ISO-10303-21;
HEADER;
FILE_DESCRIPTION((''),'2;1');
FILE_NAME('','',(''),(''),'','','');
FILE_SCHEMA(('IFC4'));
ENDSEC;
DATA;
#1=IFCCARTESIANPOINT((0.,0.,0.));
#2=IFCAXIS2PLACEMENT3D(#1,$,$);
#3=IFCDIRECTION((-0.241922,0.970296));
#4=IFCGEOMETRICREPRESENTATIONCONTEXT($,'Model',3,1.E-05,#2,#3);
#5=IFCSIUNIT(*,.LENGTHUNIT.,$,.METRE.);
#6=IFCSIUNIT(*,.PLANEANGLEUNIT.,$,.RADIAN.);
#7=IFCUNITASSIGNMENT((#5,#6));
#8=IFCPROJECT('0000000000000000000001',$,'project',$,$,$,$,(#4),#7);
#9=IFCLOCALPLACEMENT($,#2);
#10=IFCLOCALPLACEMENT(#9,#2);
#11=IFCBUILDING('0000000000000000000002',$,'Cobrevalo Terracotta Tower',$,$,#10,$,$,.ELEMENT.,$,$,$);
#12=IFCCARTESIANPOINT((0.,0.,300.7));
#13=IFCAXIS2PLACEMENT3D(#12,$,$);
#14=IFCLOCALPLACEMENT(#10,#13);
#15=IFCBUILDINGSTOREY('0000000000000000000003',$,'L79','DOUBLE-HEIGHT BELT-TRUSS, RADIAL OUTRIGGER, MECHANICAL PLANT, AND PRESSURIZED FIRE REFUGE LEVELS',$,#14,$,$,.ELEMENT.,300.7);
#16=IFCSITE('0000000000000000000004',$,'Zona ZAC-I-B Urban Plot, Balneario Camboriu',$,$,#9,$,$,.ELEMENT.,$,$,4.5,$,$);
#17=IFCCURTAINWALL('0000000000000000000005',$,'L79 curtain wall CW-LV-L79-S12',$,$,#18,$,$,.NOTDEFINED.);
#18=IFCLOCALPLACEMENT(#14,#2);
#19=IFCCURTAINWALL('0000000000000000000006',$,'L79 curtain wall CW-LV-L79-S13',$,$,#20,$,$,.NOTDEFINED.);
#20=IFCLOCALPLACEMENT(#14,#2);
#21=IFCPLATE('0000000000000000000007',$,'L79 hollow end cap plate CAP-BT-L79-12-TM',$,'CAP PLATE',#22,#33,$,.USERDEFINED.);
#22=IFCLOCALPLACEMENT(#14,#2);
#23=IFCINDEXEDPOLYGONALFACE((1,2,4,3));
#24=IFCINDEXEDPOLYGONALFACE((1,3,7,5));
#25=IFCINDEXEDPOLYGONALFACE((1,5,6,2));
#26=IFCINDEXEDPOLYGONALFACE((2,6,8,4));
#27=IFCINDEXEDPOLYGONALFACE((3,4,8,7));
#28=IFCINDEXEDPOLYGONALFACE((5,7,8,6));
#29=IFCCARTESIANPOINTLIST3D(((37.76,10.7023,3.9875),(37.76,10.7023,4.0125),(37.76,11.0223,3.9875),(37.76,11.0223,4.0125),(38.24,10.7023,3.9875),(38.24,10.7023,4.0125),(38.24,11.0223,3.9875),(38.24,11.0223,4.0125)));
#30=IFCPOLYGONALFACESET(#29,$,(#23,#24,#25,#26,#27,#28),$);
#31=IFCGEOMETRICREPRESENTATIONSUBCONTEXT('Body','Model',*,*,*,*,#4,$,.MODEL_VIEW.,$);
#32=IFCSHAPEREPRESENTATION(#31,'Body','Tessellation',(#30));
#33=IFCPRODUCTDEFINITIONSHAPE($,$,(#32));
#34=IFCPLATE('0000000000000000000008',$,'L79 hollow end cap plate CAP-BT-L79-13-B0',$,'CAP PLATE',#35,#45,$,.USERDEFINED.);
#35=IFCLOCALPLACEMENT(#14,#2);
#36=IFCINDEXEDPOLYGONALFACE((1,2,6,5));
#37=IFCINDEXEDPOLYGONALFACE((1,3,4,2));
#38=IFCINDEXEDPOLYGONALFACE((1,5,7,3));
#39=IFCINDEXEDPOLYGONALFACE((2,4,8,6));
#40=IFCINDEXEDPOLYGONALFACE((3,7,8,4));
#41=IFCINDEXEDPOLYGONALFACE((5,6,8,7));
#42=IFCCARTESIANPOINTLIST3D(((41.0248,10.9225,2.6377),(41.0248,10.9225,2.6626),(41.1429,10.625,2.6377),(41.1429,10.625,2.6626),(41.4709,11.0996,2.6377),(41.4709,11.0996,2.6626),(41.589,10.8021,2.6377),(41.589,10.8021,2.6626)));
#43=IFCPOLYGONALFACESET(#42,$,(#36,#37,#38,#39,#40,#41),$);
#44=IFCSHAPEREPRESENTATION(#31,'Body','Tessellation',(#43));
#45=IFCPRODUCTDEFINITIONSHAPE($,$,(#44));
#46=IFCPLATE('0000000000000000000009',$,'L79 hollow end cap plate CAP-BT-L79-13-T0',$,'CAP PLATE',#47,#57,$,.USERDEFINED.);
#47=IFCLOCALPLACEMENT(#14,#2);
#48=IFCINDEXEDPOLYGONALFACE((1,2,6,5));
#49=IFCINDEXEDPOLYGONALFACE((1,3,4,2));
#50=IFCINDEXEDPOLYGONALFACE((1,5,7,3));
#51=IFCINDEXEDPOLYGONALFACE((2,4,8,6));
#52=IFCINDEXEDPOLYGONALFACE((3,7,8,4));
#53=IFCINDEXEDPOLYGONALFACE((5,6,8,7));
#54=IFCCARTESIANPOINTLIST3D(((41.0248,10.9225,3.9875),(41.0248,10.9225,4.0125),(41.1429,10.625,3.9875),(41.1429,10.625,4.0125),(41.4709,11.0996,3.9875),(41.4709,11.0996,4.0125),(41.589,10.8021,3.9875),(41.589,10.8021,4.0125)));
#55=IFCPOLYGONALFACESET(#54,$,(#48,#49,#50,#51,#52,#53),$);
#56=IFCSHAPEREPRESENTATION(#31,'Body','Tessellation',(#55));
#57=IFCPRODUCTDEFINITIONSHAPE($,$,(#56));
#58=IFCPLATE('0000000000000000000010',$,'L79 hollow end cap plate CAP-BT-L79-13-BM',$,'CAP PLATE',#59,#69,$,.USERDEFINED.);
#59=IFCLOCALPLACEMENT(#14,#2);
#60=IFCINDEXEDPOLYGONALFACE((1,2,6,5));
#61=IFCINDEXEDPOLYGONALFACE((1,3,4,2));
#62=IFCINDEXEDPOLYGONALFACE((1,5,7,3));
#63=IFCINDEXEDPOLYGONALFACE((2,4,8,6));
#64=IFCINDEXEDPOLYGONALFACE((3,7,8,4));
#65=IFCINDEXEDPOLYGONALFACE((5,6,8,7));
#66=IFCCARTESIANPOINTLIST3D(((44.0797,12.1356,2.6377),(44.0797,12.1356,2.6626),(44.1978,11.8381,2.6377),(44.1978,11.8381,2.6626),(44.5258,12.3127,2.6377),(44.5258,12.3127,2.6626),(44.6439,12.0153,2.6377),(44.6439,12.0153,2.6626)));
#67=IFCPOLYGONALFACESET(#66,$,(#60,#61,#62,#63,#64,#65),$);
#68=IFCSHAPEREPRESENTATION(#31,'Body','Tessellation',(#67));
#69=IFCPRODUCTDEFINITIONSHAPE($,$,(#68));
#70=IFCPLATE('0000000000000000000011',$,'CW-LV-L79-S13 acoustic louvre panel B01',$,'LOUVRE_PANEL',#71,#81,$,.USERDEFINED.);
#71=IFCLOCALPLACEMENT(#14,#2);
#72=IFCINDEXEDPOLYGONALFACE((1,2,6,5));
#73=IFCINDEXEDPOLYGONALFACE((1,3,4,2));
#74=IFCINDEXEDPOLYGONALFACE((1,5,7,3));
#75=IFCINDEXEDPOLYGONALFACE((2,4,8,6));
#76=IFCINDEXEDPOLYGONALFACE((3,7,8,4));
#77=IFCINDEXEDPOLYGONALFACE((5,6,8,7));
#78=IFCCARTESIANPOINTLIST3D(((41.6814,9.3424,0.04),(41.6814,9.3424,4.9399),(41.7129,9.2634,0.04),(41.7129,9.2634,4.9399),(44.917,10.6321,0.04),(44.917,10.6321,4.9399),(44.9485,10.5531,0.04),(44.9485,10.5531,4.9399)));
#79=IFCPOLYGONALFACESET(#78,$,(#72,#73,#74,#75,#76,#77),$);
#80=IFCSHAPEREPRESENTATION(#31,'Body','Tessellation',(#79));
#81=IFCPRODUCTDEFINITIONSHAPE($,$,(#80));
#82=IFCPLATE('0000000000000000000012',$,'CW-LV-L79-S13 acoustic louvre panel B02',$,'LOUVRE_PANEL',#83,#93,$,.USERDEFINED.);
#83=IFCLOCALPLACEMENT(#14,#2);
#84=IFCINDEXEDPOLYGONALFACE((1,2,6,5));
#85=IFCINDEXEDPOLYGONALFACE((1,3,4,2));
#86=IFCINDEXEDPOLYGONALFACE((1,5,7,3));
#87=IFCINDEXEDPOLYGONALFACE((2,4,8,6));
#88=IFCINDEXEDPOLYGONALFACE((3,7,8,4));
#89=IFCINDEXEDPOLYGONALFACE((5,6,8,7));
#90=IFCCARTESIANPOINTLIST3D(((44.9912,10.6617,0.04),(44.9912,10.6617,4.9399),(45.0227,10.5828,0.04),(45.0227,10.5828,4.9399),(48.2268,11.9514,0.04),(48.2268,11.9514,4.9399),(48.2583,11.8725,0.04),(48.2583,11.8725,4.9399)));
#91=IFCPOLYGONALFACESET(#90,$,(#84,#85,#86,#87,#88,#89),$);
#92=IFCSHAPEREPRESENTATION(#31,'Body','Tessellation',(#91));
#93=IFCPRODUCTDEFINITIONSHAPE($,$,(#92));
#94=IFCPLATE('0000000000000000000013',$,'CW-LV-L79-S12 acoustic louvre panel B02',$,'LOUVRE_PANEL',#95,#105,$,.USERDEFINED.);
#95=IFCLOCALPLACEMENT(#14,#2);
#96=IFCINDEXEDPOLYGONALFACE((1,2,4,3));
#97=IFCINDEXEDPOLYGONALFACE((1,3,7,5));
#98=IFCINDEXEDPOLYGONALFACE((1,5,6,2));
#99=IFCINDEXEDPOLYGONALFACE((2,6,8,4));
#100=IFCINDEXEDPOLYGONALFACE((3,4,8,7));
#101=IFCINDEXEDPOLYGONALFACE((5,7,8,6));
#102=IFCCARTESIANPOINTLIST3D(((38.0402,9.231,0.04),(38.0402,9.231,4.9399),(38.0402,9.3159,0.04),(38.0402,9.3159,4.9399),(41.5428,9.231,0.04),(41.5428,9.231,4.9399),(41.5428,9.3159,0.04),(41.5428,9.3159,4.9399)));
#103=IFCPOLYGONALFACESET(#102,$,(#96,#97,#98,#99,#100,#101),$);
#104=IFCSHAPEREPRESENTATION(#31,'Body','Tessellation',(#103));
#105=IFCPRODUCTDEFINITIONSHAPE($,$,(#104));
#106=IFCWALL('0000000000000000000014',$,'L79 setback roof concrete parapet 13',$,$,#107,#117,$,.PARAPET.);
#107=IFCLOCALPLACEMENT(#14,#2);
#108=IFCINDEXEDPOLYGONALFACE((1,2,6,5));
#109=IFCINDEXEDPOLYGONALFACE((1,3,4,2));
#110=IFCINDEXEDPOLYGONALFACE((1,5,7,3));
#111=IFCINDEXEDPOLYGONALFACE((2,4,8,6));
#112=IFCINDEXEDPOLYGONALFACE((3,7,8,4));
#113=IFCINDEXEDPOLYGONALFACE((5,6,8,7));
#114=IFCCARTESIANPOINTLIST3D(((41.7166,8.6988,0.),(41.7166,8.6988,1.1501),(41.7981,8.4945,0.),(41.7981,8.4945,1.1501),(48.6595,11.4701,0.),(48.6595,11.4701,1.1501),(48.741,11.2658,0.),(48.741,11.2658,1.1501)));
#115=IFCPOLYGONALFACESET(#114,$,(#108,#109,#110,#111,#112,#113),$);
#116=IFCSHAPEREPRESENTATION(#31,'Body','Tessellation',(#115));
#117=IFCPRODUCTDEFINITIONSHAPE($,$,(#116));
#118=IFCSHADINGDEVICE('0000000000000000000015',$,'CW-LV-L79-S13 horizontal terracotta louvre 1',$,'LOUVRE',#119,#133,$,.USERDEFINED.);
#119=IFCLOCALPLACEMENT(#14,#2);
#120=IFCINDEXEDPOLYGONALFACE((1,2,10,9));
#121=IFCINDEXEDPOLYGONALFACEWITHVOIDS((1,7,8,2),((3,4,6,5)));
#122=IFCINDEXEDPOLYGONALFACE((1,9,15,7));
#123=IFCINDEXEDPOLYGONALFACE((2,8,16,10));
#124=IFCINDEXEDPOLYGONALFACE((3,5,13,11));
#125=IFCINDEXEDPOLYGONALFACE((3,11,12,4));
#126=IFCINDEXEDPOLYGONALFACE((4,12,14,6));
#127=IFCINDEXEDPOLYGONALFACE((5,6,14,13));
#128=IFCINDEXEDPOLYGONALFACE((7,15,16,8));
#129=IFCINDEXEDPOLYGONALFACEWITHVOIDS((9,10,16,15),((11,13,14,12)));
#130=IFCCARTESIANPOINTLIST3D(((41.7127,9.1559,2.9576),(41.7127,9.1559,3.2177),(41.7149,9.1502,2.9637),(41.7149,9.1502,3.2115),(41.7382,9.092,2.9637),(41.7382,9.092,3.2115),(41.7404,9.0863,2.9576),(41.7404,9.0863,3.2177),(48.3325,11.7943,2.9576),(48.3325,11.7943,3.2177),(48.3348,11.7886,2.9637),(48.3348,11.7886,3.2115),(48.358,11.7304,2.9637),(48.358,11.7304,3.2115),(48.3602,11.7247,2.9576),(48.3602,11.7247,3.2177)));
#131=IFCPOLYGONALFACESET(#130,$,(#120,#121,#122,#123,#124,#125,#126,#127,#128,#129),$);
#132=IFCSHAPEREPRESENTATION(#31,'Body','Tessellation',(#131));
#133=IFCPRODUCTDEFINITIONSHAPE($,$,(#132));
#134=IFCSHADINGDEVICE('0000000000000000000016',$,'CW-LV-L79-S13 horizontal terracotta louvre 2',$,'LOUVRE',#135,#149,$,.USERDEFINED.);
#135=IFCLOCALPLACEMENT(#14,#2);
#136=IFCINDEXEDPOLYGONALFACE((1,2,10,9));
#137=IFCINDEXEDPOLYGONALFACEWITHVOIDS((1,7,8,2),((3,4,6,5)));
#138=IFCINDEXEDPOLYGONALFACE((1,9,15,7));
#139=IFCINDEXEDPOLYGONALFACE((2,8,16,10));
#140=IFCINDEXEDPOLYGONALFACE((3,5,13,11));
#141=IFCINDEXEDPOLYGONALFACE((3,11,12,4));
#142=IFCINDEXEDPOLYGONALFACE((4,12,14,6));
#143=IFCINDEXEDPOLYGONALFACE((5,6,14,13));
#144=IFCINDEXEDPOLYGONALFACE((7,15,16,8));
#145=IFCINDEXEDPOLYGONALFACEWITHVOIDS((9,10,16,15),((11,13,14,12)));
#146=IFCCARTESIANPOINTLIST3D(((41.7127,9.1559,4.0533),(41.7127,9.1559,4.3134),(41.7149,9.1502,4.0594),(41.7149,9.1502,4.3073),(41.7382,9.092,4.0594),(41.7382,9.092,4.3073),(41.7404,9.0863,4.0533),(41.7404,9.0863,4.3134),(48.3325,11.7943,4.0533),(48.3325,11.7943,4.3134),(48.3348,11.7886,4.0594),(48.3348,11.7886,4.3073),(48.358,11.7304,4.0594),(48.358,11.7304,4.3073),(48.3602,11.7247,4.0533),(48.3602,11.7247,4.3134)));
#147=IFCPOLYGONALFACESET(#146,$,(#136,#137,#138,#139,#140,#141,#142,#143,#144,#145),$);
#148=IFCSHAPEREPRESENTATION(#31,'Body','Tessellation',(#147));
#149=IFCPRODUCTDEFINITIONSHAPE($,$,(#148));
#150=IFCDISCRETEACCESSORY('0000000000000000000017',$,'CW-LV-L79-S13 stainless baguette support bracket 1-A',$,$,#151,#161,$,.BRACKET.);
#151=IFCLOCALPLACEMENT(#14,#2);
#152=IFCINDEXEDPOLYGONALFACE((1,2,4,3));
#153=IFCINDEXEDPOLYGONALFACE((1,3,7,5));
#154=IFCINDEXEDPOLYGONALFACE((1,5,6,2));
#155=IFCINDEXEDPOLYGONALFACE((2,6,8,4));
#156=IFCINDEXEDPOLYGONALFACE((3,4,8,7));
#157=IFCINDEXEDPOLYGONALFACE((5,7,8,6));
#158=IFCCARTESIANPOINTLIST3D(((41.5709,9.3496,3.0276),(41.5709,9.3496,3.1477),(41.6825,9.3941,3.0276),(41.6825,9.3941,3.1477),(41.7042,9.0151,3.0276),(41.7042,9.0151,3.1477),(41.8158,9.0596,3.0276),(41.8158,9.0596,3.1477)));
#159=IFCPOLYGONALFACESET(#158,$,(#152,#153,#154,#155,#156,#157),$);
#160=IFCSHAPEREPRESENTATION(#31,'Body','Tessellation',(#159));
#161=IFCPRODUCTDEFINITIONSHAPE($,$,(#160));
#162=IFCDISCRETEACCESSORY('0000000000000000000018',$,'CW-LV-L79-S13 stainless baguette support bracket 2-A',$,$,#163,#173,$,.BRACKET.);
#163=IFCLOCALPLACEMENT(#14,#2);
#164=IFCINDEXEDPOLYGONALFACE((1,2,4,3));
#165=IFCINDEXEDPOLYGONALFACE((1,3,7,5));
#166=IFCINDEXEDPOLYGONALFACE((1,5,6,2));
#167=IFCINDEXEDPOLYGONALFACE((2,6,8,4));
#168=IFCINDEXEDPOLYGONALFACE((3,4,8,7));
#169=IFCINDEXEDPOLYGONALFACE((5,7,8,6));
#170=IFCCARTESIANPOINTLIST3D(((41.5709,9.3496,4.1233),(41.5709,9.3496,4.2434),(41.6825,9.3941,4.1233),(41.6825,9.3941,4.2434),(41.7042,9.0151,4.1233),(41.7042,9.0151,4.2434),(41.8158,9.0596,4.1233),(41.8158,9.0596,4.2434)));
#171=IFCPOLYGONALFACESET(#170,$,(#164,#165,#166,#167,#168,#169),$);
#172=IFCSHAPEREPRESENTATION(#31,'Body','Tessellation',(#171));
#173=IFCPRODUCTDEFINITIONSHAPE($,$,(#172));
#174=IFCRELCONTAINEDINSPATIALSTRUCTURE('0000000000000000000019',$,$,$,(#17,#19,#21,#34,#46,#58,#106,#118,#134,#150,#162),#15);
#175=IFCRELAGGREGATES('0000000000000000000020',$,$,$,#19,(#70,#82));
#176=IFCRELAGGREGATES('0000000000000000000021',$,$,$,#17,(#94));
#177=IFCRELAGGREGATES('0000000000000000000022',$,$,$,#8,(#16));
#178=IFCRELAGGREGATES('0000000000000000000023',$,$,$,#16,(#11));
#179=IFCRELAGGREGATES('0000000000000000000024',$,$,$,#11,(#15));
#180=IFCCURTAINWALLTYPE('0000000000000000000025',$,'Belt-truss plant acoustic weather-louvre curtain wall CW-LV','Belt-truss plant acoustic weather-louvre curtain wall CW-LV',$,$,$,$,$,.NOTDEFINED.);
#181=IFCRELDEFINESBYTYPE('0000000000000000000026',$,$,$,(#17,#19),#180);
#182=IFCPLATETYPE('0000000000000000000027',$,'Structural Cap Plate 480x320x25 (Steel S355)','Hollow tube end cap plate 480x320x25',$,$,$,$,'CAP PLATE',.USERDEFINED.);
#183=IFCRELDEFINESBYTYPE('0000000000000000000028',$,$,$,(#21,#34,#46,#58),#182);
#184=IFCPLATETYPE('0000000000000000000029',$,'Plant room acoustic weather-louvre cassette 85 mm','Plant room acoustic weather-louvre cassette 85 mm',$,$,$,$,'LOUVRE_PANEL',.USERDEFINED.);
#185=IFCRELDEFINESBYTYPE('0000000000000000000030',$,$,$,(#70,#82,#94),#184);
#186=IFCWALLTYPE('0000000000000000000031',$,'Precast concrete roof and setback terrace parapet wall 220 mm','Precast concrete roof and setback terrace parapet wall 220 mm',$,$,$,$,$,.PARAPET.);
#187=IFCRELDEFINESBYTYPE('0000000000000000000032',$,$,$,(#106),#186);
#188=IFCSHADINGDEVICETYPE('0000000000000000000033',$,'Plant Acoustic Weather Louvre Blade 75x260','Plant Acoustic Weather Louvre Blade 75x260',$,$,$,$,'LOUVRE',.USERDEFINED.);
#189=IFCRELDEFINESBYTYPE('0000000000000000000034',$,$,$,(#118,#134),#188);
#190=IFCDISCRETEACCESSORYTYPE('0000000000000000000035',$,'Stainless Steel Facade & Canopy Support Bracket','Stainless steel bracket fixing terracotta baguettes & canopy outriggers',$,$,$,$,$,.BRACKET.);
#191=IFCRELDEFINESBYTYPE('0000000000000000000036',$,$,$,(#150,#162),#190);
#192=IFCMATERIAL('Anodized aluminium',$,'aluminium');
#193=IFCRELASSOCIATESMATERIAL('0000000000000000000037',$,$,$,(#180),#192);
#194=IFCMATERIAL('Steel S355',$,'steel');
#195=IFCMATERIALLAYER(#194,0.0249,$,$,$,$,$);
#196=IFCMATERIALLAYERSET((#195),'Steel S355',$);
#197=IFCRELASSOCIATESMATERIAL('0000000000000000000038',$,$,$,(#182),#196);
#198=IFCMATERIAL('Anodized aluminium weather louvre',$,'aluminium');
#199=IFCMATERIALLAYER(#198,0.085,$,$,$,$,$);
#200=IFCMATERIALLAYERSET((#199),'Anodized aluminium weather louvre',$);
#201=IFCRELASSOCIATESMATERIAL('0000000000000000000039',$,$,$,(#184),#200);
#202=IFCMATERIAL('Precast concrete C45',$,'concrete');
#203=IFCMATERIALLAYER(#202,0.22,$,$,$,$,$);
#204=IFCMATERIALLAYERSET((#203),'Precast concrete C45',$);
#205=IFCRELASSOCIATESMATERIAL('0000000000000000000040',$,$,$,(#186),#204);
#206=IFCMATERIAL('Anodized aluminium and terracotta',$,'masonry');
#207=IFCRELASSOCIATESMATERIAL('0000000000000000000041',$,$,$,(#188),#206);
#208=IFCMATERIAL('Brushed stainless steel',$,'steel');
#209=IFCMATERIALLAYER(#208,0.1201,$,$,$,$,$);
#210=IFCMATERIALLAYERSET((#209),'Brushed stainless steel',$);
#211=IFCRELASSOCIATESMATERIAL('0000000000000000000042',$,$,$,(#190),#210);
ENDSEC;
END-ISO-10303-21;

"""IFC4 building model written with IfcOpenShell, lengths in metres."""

from ifc_helpers import new_model, si_unit, direction, frame, frame_2d, origin, origin_2d, place, context, subcontext, project, spatial, rectangle, hollow_rectangle, extrude, source, transform, mapped, material, layer, layer_set, material_profile, profile_set, type_object, element, aggregate, save


model = new_model("IFC4")

# Units and contexts
model_context = context("Model", 3, precision=1e-05, world=origin(), true_north=direction((-0.241922, 0.970296)))
body_context = subcontext(model_context, "Body", "Model", "MODEL_VIEW")
ifc_project = project(units=[si_unit("LENGTHUNIT", "METRE"), si_unit("PLANEANGLEUNIT", "RADIAN")], contexts=[model_context])

# Site, building, storey
site_placement = place(None, origin())
site = spatial("IfcSite", under=ifc_project, at=site_placement, Name="Zona ZAC-I-B Urban Plot, Balneario Camboriu", CompositionType="ELEMENT", RefElevation=4.5)
building_placement = place(site_placement, origin())
building = spatial("IfcBuilding", under=site, at=building_placement, Name="Cobrevalo Terracotta Tower", CompositionType="ELEMENT")
storey_placement = place(building_placement, frame((0.0, 0.0, 300.7)))
storey = spatial("IfcBuildingStorey", under=building, at=storey_placement, Name="L79", Description="DOUBLE-HEIGHT BELT-TRUSS, RADIAL OUTRIGGER, MECHANICAL PLANT, AND PRESSURIZED FIRE REFUGE LEVELS", CompositionType="ELEMENT", Elevation=300.7)

# Shared definitions
ifc_material_1 = material(Name="Steel S355", Category="steel")

# Curtain walls
ifc_material_2 = material(Name="Anodized aluminium", Category="aluminium")
curtain_wall_type = type_object("IfcCurtainWallType", Name="Belt-truss plant acoustic weather-louvre curtain wall CW-LV", Description="Belt-truss plant acoustic weather-louvre curtain wall CW-LV", PredefinedType="NOTDEFINED", material=ifc_material_2)
curtain_wall_1_placement = place(storey_placement, origin())
curtain_wall_1 = element("IfcCurtainWall", 1, at=curtain_wall_1_placement, inside=storey, type_object=curtain_wall_type, Name="L79 curtain wall CW-LV-L79-S12", PredefinedType="NOTDEFINED")
curtain_wall_2_placement = place(storey_placement, origin())
curtain_wall_2 = element("IfcCurtainWall", 2, at=curtain_wall_2_placement, inside=storey, type_object=curtain_wall_type, Name="L79 curtain wall CW-LV-L79-S13", PredefinedType="NOTDEFINED")

# Plates
ifc_layer_1 = layer(ifc_material_1, 0.0249)
ifc_layer_set_1 = layer_set([ifc_layer_1], Name="Steel S355")
plate_type_1 = type_object("IfcPlateType", Name="Structural Cap Plate 480x320x25 (Steel S355)", Description="Hollow tube end cap plate 480x320x25", ElementType="CAP PLATE", PredefinedType="USERDEFINED", material=ifc_layer_set_1)
shared_shape_1 = source(origin(), body_context, "Body", "SweptSolid", [
    extrude(rectangle(XDim=0.48, YDim=0.3201, at=origin_2d()), origin(), (0.0, 0.0, 1.0), 0.0249),
])
for number, where, z_axis, x_axis, name in (
    (3, (38.0, 10.8623, 3.9875), (0.0, 0.0, 1.0), (1.0, 0.0, 0.0), "L79 hollow end cap plate CAP-BT-L79-12-TM"),
    (4, (41.3069, 10.8623, 2.6377), (0.0, 0.0, 1.0), (0.929401, 0.369072, 0.0), "L79 hollow end cap plate CAP-BT-L79-13-B0"),
    (5, (41.3069, 10.8623, 3.9875), (0.0, 0.0, 1.0), (0.929401, 0.369072, 0.0), "L79 hollow end cap plate CAP-BT-L79-13-T0"),
    (6, (44.3618, 12.0754, 2.6377), (0.0, 0.0, 1.0), (0.929401, 0.369072, 0.0), "L79 hollow end cap plate CAP-BT-L79-13-BM"),
):
    element("IfcPlate", number, at=place(storey_placement, frame(where, z_axis=z_axis, x_axis=x_axis)), inside=storey, type_object=plate_type_1, Name=name, ObjectType="CAP PLATE", PredefinedType="USERDEFINED", context=body_context, shape_type="MappedRepresentation", body=[
        mapped(shared_shape_1, transform((0.0, 0.0, 0.0), scale=1.0)),
    ])

# Plates
ifc_material_3 = material(Name="Anodized aluminium weather louvre", Category="aluminium")
ifc_layer_2 = layer(ifc_material_3, 0.085)
ifc_layer_set_2 = layer_set([ifc_layer_2], Name="Anodized aluminium weather louvre")
plate_type_2 = type_object("IfcPlateType", Name="Plant room acoustic weather-louvre cassette 85 mm", Description="Plant room acoustic weather-louvre cassette 85 mm", ElementType="LOUVRE_PANEL", PredefinedType="USERDEFINED", material=ifc_layer_set_2)
shared_shape_2 = source(origin(), body_context, "Body", "SweptSolid", [
    extrude(rectangle(XDim=3.4832, YDim=0.085, at=origin_2d()), origin(), (0.0, 0.0, 1.0), 4.8999),
])
plate_1_placement = place(storey_placement, frame((43.3149, 9.9478, 0.04), z_axis=(0.0, 0.0, 1.0), x_axis=(0.928925, 0.370269, 0.0)))
plate_1 = element("IfcPlate", 7, at=plate_1_placement, type_object=plate_type_2, Name="CW-LV-L79-S13 acoustic louvre panel B01", ObjectType="LOUVRE_PANEL", PredefinedType="USERDEFINED", context=body_context, shape_type="MappedRepresentation", body=[
    mapped(shared_shape_2, transform((0.0, 0.0, 0.0), scale=1.0)),
])
plate_2_placement = place(storey_placement, frame((46.6248, 11.2671, 0.04), z_axis=(0.0, 0.0, 1.0), x_axis=(0.928925, 0.370269, 0.0)))
plate_2 = element("IfcPlate", 8, at=plate_2_placement, type_object=plate_type_2, Name="CW-LV-L79-S13 acoustic louvre panel B02", ObjectType="LOUVRE_PANEL", PredefinedType="USERDEFINED", context=body_context, shape_type="MappedRepresentation", body=[
    mapped(shared_shape_2, transform((0.0, 0.0, 0.0), scale=1.0)),
])
aggregate(curtain_wall_2, [plate_1, plate_2])
shared_shape_3 = source(origin(), body_context, "Body", "SweptSolid", [
    extrude(rectangle(XDim=3.5027, YDim=0.085, at=origin_2d()), origin(), (0.0, 0.0, 1.0), 4.8999),
])
plate_3_placement = place(storey_placement, frame((39.7915, 9.2734, 0.04), z_axis=(0.0, 0.0, 1.0), x_axis=(1.0, 0.0, 0.0)))
plate_3 = element("IfcPlate", 9, at=plate_3_placement, type_object=plate_type_2, Name="CW-LV-L79-S12 acoustic louvre panel B02", ObjectType="LOUVRE_PANEL", PredefinedType="USERDEFINED", context=body_context, shape_type="MappedRepresentation", body=[
    mapped(shared_shape_3, transform((0.0, 0.0, 0.0), scale=1.0)),
])
aggregate(curtain_wall_1, [plate_3])

# Wall
ifc_material_4 = material(Name="Precast concrete C45", Category="concrete")
ifc_layer_3 = layer(ifc_material_4, 0.22)
ifc_layer_set_3 = layer_set([ifc_layer_3], Name="Precast concrete C45")
wall_type = type_object("IfcWallType", Name="Precast concrete roof and setback terrace parapet wall 220 mm", Description="Precast concrete roof and setback terrace parapet wall 220 mm", PredefinedType="PARAPET", material=ifc_layer_set_3)
wall_placement = place(storey_placement, frame((41.7573, 8.5967, 0.0), z_axis=(0.0, 0.0, 1.0), x_axis=(0.928749, 0.370709, 0.0)))
element("IfcWall", 10, at=wall_placement, inside=storey, type_object=wall_type, Name="L79 setback roof concrete parapet 13", PredefinedType="PARAPET", context=body_context, shape_type="SweptSolid", body=[
    extrude(rectangle(XDim=7.4756, YDim=0.22, at=frame_2d((3.7378, 0.0))), origin(), (0.0, 0.0, 1.0), 1.1501),
])

# Shading devices
ifc_material_5 = material(Name="Anodized aluminium and terracotta", Category="masonry")
ifc_material_profile_1 = material_profile(ifc_material_5, hollow_rectangle(XDim=0.075, YDim=0.26, WallThickness=0.0061, at=origin_2d()), Name="LOUVRE BLADE 75x260")
ifc_profile_set_1 = profile_set([ifc_material_profile_1], Name="Anodized aluminium and terracotta")
shading_device_type = type_object("IfcShadingDeviceType", Name="Plant Acoustic Weather Louvre Blade 75x260", Description="Plant Acoustic Weather Louvre Blade 75x260", ElementType="LOUVRE", PredefinedType="USERDEFINED", material=ifc_profile_set_1)
shared_shape_4 = source(origin(), body_context, "Body", "SweptSolid", [
    extrude(hollow_rectangle(XDim=0.075, YDim=0.26, WallThickness=0.0061, at=origin_2d()), origin(), (0.0, 0.0, 1.0), 7.1262),
])
for number, where, z_axis, x_axis, name in (
    (11, (41.7266, 9.1211, 3.0876), (0.928937, 0.370239, 0.0), (-0.370239, 0.928937, 0.0), "CW-LV-L79-S13 horizontal terracotta louvre 1"),
    (12, (41.7266, 9.1211, 4.1833), (0.928937, 0.370239, 0.0), (-0.370239, 0.928937, 0.0), "CW-LV-L79-S13 horizontal terracotta louvre 2"),
):
    element("IfcShadingDevice", number, at=place(storey_placement, frame(where, z_axis=z_axis, x_axis=x_axis)), inside=storey, type_object=shading_device_type, Name=name, ObjectType="LOUVRE", PredefinedType="USERDEFINED", context=body_context, shape_type="MappedRepresentation", body=[
        mapped(shared_shape_4, transform((0.0, 0.0, 0.0), scale=1.0)),
    ])

# Discrete accessories
ifc_material_6 = material(Name="Brushed stainless steel", Category="steel")
ifc_layer_4 = layer(ifc_material_6, 0.1201)
ifc_layer_set_4 = layer_set([ifc_layer_4], Name="Brushed stainless steel")
discrete_accessory_type = type_object("IfcDiscreteAccessoryType", Name="Stainless Steel Facade & Canopy Support Bracket", Description="Stainless steel bracket fixing terracotta baguettes & canopy outriggers", PredefinedType="BRACKET", material=ifc_layer_set_4)
shared_shape_5 = source(origin(), body_context, "Body", "SweptSolid", [
    extrude(rectangle(XDim=0.1201, YDim=0.3601, at=origin_2d()), origin(), (0.0, 0.0, 1.0), 0.1201),
])
for number, where, z_axis, x_axis, name in (
    (13, (41.6934, 9.2046, 3.0276), (0.0, 0.0, 1.0), (0.928925, 0.370269, 0.0), "CW-LV-L79-S13 stainless baguette support bracket 1-A"),
    (14, (41.6934, 9.2046, 4.1233), (0.0, 0.0, 1.0), (0.928925, 0.370269, 0.0), "CW-LV-L79-S13 stainless baguette support bracket 2-A"),
):
    element("IfcDiscreteAccessory", number, at=place(storey_placement, frame(where, z_axis=z_axis, x_axis=x_axis)), inside=storey, type_object=discrete_accessory_type, Name=name, PredefinedType="BRACKET", context=body_context, shape_type="MappedRepresentation", body=[
        mapped(shared_shape_5, transform((0.0, 0.0, 0.0), scale=1.0)),
    ])

save(model, "model.ifc")
